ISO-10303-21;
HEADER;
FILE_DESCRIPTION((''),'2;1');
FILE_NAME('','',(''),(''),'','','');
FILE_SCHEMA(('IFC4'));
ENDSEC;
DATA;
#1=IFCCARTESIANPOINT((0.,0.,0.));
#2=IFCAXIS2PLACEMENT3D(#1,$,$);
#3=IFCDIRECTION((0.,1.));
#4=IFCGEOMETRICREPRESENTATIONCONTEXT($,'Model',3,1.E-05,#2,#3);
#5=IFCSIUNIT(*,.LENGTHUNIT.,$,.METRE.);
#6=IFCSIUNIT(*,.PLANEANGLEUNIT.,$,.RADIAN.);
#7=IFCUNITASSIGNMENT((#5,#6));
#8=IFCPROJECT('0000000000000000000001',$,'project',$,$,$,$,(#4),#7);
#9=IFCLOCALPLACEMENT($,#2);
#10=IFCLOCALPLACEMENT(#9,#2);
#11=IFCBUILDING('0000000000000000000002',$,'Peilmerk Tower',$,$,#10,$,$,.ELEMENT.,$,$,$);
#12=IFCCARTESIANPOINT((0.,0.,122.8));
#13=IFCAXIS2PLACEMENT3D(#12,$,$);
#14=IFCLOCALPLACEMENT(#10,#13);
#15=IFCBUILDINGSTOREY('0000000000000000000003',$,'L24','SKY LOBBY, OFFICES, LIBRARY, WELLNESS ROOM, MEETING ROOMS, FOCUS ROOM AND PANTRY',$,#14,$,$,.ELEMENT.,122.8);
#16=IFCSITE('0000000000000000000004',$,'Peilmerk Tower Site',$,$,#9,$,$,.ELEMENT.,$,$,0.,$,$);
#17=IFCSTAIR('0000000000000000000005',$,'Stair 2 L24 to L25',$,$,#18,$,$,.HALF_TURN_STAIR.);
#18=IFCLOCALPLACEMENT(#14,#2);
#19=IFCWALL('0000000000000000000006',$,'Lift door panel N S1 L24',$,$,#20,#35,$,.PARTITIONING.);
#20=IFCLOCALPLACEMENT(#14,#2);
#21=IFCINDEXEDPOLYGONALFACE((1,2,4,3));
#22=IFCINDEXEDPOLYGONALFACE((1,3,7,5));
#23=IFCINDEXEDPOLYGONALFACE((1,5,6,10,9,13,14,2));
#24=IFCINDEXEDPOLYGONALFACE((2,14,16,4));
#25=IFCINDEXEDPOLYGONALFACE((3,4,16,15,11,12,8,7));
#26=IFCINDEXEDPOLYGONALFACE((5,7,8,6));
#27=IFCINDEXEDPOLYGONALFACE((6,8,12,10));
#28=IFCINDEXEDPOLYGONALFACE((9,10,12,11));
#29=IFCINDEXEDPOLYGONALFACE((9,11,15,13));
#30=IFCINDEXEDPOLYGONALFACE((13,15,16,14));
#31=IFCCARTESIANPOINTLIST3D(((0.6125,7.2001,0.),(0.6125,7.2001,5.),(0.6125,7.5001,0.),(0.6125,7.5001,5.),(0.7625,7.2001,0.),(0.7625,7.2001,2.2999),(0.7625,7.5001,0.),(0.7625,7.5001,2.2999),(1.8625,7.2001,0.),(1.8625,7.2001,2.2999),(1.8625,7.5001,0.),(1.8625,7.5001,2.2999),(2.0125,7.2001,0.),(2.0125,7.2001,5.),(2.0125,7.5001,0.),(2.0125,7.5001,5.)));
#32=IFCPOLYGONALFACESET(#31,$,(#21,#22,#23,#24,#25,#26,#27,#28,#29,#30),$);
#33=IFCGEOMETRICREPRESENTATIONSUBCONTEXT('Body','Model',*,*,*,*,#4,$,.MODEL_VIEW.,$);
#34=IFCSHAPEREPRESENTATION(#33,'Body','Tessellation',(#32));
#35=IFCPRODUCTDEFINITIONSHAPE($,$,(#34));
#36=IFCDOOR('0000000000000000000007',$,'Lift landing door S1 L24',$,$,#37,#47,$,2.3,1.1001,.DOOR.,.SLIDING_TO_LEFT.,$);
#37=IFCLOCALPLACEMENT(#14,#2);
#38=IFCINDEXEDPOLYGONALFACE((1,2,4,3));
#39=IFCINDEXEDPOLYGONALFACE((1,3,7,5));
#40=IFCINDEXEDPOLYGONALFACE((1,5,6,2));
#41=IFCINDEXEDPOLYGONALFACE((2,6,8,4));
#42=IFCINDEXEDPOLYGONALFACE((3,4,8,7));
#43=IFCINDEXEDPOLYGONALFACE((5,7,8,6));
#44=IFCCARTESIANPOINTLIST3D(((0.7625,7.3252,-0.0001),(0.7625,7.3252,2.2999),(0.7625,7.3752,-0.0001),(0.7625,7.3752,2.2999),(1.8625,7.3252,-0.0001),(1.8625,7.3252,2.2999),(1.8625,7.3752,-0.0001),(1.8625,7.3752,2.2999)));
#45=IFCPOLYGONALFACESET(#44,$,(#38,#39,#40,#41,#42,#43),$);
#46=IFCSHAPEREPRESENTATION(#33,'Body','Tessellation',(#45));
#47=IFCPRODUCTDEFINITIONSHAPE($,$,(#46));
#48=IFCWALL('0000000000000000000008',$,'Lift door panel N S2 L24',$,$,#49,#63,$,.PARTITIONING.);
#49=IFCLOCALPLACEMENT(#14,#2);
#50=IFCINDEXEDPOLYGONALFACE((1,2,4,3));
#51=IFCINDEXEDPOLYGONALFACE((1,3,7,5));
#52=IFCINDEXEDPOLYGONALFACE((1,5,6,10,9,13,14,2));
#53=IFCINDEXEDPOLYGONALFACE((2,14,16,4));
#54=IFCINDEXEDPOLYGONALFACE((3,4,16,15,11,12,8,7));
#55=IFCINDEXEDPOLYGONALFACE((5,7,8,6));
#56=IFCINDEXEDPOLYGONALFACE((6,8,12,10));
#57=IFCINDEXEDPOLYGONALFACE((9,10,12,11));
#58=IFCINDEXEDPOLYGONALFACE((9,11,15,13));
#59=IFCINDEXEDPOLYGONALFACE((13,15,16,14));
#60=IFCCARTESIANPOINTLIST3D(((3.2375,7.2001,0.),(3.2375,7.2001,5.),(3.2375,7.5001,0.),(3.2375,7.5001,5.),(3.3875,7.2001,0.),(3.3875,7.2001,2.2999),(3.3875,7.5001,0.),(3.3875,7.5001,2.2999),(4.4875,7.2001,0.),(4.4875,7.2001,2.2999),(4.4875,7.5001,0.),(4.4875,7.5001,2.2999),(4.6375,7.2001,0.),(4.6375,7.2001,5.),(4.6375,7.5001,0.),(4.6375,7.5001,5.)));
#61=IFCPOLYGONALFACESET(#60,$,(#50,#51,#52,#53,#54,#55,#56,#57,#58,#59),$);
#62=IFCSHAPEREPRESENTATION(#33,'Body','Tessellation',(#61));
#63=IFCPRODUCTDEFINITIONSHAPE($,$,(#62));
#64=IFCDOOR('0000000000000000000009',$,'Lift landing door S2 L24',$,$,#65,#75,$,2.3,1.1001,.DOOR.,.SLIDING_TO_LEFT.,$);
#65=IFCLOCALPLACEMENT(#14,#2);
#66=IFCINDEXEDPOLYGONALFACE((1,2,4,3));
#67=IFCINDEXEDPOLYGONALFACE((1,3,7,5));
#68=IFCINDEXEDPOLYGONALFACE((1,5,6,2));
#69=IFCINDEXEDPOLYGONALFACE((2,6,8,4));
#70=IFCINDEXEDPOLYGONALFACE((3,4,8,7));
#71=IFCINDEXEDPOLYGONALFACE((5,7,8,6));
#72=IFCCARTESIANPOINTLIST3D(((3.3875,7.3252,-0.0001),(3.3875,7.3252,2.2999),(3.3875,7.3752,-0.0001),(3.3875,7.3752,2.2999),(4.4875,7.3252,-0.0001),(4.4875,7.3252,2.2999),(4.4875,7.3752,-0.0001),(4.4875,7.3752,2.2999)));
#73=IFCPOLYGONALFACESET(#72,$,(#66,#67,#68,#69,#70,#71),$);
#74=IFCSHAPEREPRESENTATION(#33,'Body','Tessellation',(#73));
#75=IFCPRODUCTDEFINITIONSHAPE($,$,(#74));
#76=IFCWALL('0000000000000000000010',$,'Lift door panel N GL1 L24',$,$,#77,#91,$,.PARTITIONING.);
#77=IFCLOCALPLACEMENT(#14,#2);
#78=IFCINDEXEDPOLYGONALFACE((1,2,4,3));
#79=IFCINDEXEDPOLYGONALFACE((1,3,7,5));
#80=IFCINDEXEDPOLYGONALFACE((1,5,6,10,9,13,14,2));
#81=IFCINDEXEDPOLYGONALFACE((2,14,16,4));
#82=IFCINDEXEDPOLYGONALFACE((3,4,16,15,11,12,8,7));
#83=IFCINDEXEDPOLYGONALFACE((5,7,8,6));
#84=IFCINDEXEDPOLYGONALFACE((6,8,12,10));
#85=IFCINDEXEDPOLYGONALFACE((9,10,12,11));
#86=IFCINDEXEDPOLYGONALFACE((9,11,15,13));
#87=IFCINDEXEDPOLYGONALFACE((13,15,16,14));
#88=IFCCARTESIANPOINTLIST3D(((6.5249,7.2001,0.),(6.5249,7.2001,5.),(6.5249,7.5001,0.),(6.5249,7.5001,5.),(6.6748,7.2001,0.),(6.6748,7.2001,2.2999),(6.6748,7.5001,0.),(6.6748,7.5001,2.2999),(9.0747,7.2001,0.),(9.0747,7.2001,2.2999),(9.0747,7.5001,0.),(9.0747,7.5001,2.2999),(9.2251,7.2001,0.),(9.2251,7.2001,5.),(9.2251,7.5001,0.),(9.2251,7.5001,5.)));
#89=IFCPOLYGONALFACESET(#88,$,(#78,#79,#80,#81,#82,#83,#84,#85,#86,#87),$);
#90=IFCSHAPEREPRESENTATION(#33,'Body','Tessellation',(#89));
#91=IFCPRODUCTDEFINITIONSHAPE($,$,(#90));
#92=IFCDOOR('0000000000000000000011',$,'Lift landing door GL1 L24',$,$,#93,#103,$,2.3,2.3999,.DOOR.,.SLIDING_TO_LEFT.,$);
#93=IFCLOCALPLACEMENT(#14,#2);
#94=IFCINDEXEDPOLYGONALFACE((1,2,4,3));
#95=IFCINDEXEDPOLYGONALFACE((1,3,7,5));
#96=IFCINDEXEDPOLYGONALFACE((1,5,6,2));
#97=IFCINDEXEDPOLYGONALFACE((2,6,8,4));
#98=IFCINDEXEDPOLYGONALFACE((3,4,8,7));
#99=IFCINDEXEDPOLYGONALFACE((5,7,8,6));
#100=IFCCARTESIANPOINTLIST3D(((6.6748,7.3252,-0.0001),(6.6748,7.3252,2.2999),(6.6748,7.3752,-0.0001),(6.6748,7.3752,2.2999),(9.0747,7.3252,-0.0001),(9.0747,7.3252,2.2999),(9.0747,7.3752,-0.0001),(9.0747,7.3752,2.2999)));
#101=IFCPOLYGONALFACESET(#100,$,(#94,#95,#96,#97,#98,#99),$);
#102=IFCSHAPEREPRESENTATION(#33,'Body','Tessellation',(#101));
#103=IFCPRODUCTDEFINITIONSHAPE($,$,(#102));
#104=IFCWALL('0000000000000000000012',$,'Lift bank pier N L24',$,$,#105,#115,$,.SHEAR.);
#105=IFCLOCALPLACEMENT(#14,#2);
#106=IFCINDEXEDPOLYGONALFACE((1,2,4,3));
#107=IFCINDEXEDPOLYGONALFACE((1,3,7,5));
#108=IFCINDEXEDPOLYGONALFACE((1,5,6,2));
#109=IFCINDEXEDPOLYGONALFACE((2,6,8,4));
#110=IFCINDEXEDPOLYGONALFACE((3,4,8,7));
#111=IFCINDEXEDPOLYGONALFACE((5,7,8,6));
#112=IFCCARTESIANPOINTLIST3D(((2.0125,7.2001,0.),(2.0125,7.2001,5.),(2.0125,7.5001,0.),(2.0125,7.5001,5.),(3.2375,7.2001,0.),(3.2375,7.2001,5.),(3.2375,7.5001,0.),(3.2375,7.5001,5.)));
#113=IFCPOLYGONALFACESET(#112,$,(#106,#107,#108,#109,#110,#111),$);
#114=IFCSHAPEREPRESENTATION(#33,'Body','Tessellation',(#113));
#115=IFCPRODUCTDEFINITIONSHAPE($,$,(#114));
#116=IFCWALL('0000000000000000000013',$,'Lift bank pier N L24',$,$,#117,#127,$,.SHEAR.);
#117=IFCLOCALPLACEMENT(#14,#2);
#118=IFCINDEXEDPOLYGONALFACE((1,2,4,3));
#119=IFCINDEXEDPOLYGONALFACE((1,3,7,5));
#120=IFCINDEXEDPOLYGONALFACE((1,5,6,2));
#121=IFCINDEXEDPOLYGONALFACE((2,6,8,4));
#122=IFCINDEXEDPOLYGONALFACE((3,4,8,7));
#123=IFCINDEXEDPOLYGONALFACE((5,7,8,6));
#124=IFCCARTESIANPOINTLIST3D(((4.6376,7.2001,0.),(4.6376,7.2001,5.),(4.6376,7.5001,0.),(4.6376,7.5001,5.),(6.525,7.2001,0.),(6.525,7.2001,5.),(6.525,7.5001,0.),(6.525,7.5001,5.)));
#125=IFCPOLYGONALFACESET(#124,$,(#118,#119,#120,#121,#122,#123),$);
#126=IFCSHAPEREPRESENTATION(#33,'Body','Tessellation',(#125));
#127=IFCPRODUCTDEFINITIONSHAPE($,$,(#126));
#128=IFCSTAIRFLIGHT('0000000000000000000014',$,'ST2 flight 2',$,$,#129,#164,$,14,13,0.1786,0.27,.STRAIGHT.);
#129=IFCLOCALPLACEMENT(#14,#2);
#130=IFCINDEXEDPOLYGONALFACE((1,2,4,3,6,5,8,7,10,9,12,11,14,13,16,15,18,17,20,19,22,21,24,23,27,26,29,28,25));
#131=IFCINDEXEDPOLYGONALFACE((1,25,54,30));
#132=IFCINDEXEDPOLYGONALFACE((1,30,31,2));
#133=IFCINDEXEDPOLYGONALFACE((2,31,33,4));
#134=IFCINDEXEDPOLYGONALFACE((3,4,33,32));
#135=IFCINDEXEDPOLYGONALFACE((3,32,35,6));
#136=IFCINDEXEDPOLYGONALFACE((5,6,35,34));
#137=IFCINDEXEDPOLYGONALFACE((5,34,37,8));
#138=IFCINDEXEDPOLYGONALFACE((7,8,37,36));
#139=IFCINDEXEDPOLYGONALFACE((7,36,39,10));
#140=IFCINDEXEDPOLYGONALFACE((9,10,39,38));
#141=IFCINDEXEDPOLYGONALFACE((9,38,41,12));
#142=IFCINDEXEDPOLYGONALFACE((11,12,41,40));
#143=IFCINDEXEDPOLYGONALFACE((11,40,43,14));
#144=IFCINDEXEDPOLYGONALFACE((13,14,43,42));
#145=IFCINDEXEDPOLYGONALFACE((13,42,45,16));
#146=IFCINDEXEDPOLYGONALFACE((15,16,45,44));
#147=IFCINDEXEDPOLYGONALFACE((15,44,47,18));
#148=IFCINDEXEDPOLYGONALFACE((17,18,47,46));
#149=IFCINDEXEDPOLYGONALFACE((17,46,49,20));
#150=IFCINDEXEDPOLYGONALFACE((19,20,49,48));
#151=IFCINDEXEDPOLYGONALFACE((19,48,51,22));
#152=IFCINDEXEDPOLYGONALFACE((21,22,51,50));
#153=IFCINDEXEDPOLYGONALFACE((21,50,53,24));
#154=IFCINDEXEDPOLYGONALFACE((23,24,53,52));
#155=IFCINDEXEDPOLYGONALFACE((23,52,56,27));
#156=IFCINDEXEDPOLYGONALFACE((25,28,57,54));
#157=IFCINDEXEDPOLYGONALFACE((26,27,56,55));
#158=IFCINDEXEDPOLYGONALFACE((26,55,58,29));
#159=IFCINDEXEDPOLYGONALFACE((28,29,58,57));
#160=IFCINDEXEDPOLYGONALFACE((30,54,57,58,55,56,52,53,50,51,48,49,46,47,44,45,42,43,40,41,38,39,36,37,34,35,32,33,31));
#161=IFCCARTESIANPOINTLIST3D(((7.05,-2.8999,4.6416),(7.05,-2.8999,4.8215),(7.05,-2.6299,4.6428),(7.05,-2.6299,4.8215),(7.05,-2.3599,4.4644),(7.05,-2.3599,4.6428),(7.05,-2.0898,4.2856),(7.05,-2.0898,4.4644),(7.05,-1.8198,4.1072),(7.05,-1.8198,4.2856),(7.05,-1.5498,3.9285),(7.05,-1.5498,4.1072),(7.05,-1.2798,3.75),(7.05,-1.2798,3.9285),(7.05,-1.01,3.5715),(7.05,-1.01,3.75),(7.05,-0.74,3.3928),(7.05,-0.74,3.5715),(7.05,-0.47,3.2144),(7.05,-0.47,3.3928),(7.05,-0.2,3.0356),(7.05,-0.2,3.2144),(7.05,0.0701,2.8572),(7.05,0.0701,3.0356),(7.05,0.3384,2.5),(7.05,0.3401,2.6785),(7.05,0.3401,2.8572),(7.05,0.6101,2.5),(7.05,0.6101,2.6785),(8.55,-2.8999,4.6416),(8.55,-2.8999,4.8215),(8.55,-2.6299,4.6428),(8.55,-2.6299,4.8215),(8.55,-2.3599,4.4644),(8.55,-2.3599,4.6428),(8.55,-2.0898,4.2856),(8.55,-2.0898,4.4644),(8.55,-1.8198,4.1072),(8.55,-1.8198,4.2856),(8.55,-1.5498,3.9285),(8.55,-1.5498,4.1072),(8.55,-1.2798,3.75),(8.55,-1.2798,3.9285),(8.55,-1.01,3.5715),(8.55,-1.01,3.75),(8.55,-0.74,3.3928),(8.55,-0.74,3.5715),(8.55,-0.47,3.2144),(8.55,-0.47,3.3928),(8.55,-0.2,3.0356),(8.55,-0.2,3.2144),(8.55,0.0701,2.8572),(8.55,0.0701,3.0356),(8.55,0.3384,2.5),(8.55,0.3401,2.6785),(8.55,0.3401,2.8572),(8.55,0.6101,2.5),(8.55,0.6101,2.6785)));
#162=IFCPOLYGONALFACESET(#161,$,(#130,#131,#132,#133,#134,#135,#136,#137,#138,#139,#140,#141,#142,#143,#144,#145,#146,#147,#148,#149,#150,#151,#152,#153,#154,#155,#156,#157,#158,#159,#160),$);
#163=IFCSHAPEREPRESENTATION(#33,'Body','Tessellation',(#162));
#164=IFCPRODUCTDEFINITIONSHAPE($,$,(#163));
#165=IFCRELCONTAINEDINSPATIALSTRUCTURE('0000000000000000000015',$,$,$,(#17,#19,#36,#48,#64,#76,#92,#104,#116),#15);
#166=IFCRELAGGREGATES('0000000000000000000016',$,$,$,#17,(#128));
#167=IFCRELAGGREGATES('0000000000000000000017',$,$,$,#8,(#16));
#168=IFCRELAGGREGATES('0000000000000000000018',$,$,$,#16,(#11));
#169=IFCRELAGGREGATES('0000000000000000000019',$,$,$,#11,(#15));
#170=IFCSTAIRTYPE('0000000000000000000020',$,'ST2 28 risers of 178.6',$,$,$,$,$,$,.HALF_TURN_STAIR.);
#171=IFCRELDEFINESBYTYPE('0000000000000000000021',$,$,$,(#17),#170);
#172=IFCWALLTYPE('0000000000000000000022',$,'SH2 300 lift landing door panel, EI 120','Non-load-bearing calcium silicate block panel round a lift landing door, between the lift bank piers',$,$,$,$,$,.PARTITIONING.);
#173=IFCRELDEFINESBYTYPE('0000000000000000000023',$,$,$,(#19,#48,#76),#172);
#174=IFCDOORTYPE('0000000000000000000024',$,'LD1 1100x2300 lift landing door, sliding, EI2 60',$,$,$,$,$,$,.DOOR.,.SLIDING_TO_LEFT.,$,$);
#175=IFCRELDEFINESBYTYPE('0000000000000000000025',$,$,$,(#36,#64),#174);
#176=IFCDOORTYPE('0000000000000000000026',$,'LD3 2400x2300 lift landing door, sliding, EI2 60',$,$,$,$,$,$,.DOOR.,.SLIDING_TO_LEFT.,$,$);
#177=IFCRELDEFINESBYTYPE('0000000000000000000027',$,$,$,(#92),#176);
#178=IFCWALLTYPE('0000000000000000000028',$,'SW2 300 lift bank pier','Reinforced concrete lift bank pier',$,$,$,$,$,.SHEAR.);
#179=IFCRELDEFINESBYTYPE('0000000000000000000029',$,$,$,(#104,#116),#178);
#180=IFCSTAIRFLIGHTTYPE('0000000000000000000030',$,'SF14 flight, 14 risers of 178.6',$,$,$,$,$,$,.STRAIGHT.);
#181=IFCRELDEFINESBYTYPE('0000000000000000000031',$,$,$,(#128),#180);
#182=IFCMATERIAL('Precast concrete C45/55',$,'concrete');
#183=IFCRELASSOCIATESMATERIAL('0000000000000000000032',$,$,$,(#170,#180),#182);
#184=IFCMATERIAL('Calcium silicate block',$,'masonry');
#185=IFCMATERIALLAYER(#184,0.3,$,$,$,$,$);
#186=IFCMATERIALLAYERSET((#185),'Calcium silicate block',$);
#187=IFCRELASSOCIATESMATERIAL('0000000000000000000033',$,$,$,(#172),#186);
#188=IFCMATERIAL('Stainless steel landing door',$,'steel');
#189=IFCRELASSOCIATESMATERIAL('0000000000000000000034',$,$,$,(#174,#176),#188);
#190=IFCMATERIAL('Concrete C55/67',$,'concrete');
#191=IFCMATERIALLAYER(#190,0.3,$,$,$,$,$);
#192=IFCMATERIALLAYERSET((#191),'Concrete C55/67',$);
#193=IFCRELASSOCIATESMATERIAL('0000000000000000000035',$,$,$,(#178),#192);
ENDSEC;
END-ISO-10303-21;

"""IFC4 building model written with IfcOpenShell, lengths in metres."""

from ifc_helpers import new_model, si_unit, direction, frame, frame_2d, origin, place, context, subcontext, project, spatial, polyline, rectangle, outline, extrude, material, layer, layer_set, type_object, element, fill, aggregate, save


model = new_model("IFC4")

# Units and contexts
model_context = context("Model", 3, precision=1e-05, world=origin(), true_north=direction((0.0, 1.0)))
body_context = subcontext(model_context, "Body", "Model", "MODEL_VIEW")
ifc_project = project(units=[si_unit("LENGTHUNIT", "METRE"), si_unit("PLANEANGLEUNIT", "RADIAN")], contexts=[model_context])

# Site, building, storey
site_placement = place(None, origin())
site = spatial("IfcSite", under=ifc_project, at=site_placement, Name="Peilmerk Tower Site", CompositionType="ELEMENT", RefElevation=0.0)
building_placement = place(site_placement, origin())
building = spatial("IfcBuilding", under=site, at=building_placement, Name="Peilmerk Tower", CompositionType="ELEMENT")
storey_placement = place(building_placement, frame((0.0, 0.0, 122.8)))
storey = spatial("IfcBuildingStorey", under=building, at=storey_placement, Name="L24", Description="SKY LOBBY, OFFICES, LIBRARY, WELLNESS ROOM, MEETING ROOMS, FOCUS ROOM AND PANTRY", CompositionType="ELEMENT", Elevation=122.8)

# Stair
ifc_material_1 = material(Name="Precast concrete C45/55", Category="concrete")
stair_type = type_object("IfcStairType", Name="ST2 28 risers of 178.6", PredefinedType="HALF_TURN_STAIR", material=ifc_material_1)
stair_placement = place(storey_placement, origin())
stair = element("IfcStair", 1, at=stair_placement, inside=storey, type_object=stair_type, Name="Stair 2 L24 to L25", PredefinedType="HALF_TURN_STAIR")

# Shared definitions
ifc_material_2 = material(Name="Calcium silicate block", Category="masonry")

# Walls, openings, doors
ifc_layer_1 = layer(ifc_material_2, 0.3)
ifc_layer_set_1 = layer_set([ifc_layer_1], Name="Calcium silicate block")
wall_type_1 = type_object("IfcWallType", Name="SH2 300 lift landing door panel, EI 120", Description="Non-load-bearing calcium silicate block panel round a lift landing door, between the lift bank piers", PredefinedType="PARTITIONING", material=ifc_layer_set_1)
wall_1_placement = place(storey_placement, frame((0.6125, 7.3501, 0.0), z_axis=(0.0, 0.0, 1.0), x_axis=(1.0, 0.0, 0.0)))
wall_1 = element("IfcWall", 2, at=wall_1_placement, inside=storey, type_object=wall_type_1, Name="Lift door panel N S1 L24", PredefinedType="PARTITIONING", context=body_context, shape_type="SweptSolid", body=[
    extrude(rectangle(XDim=1.3999, YDim=0.3, at=frame_2d((0.7, 0.0))), origin(), (0.0, 0.0, 1.0), 5.0),
])
opening_1_placement = place(wall_1_placement, frame((0.1499, 0.0, 0.0)))
opening_1 = element("IfcOpeningElement", 3, at=opening_1_placement, cuts=wall_1, PredefinedType="OPENING", context=body_context, shape_type="SweptSolid", body=[
    extrude(rectangle(XDim=1.1001, YDim=2.3, at=frame_2d((0.55, 1.1499))), frame((0.0, 0.1599, 0.0), z_axis=(0.0, -1.0, 0.0), x_axis=(1.0, 0.0, 0.0)), (0.0, 0.0, 1.0), 0.3201),
])
ifc_material_3 = material(Name="Stainless steel landing door", Category="steel")
door_type_1 = type_object("IfcDoorType", Name="LD1 1100x2300 lift landing door, sliding, EI2 60", OperationType="SLIDING_TO_LEFT", PredefinedType="DOOR", material=ifc_material_3)
door_1_placement = place(opening_1_placement, frame((1.1001, 0.0, 0.0), z_axis=(0.0, 0.0, 1.0), x_axis=(-1.0, 0.0, 0.0)))
door_1 = element("IfcDoor", 4, at=door_1_placement, inside=storey, type_object=door_type_1, Name="Lift landing door S1 L24", OperationType="SLIDING_TO_LEFT", OverallHeight=2.3, OverallWidth=1.1001, PredefinedType="DOOR", context=body_context, shape_type="SweptSolid", body=[
    extrude(rectangle(XDim=1.1001, YDim=2.3, at=frame_2d((0.55, 1.1499))), frame((0.0, 0.0249, 0.0), z_axis=(0.0, -1.0, 0.0), x_axis=(1.0, 0.0, 0.0)), (0.0, 0.0, 1.0), 0.05),
])
fill(opening_1, door_1)
wall_2_placement = place(storey_placement, frame((3.2375, 7.3501, 0.0), z_axis=(0.0, 0.0, 1.0), x_axis=(1.0, 0.0, 0.0)))
wall_2 = element("IfcWall", 5, at=wall_2_placement, inside=storey, type_object=wall_type_1, Name="Lift door panel N S2 L24", PredefinedType="PARTITIONING", context=body_context, shape_type="SweptSolid", body=[
    extrude(rectangle(XDim=1.3999, YDim=0.3, at=frame_2d((0.7, 0.0))), origin(), (0.0, 0.0, 1.0), 5.0),
])
opening_2_placement = place(wall_2_placement, frame((0.1499, 0.0, 0.0)))
opening_2 = element("IfcOpeningElement", 6, at=opening_2_placement, cuts=wall_2, PredefinedType="OPENING", context=body_context, shape_type="SweptSolid", body=[
    extrude(rectangle(XDim=1.1001, YDim=2.3, at=frame_2d((0.55, 1.1499))), frame((0.0, 0.1599, 0.0), z_axis=(0.0, -1.0, 0.0), x_axis=(1.0, 0.0, 0.0)), (0.0, 0.0, 1.0), 0.3201),
])
door_2_placement = place(opening_2_placement, frame((1.1001, 0.0, 0.0), z_axis=(0.0, 0.0, 1.0), x_axis=(-1.0, 0.0, 0.0)))
door_2 = element("IfcDoor", 7, at=door_2_placement, inside=storey, type_object=door_type_1, Name="Lift landing door S2 L24", OperationType="SLIDING_TO_LEFT", OverallHeight=2.3, OverallWidth=1.1001, PredefinedType="DOOR", context=body_context, shape_type="SweptSolid", body=[
    extrude(rectangle(XDim=1.1001, YDim=2.3, at=frame_2d((0.55, 1.1499))), frame((0.0, 0.0249, 0.0), z_axis=(0.0, -1.0, 0.0), x_axis=(1.0, 0.0, 0.0)), (0.0, 0.0, 1.0), 0.05),
])
fill(opening_2, door_2)
wall_3_placement = place(storey_placement, frame((6.5249, 7.3501, 0.0), z_axis=(0.0, 0.0, 1.0), x_axis=(1.0, 0.0, 0.0)))
wall_3 = element("IfcWall", 8, at=wall_3_placement, inside=storey, type_object=wall_type_1, Name="Lift door panel N GL1 L24", PredefinedType="PARTITIONING", context=body_context, shape_type="SweptSolid", body=[
    extrude(rectangle(XDim=2.7002, YDim=0.3, at=frame_2d((1.3501, 0.0))), origin(), (0.0, 0.0, 1.0), 5.0),
])
opening_3_placement = place(wall_3_placement, frame((0.1499, 0.0, 0.0)))
opening_3 = element("IfcOpeningElement", 9, at=opening_3_placement, cuts=wall_3, PredefinedType="OPENING", context=body_context, shape_type="SweptSolid", body=[
    extrude(rectangle(XDim=2.3999, YDim=2.3, at=frame_2d((1.2, 1.1499))), frame((0.0, 0.1599, 0.0), z_axis=(0.0, -1.0, 0.0), x_axis=(1.0, 0.0, 0.0)), (0.0, 0.0, 1.0), 0.3201),
])
door_type_2 = type_object("IfcDoorType", Name="LD3 2400x2300 lift landing door, sliding, EI2 60", OperationType="SLIDING_TO_LEFT", PredefinedType="DOOR", material=ifc_material_3)
door_3_placement = place(opening_3_placement, frame((2.3999, 0.0, 0.0), z_axis=(0.0, 0.0, 1.0), x_axis=(-1.0, 0.0, 0.0)))
door_3 = element("IfcDoor", 10, at=door_3_placement, inside=storey, type_object=door_type_2, Name="Lift landing door GL1 L24", OperationType="SLIDING_TO_LEFT", OverallHeight=2.3, OverallWidth=2.3999, PredefinedType="DOOR", context=body_context, shape_type="SweptSolid", body=[
    extrude(rectangle(XDim=2.3999, YDim=2.3, at=frame_2d((1.2, 1.1499))), frame((0.0, 0.0249, 0.0), z_axis=(0.0, -1.0, 0.0), x_axis=(1.0, 0.0, 0.0)), (0.0, 0.0, 1.0), 0.05),
])
fill(opening_3, door_3)

# Walls
ifc_material_4 = material(Name="Concrete C55/67", Category="concrete")
ifc_layer_2 = layer(ifc_material_4, 0.3)
ifc_layer_set_2 = layer_set([ifc_layer_2], Name="Concrete C55/67")
wall_type_2 = type_object("IfcWallType", Name="SW2 300 lift bank pier", Description="Reinforced concrete lift bank pier", PredefinedType="SHEAR", material=ifc_layer_set_2)
wall_4_placement = place(storey_placement, frame((2.0125, 7.3501, 0.0), z_axis=(0.0, 0.0, 1.0), x_axis=(1.0, 0.0, 0.0)))
element("IfcWall", 11, at=wall_4_placement, inside=storey, type_object=wall_type_2, Name="Lift bank pier N L24", PredefinedType="SHEAR", context=body_context, shape_type="SweptSolid", body=[
    extrude(rectangle(XDim=1.2251, YDim=0.3, at=frame_2d((0.6125, 0.0))), origin(), (0.0, 0.0, 1.0), 5.0),
])
wall_5_placement = place(storey_placement, frame((4.6375, 7.3501, 0.0), z_axis=(0.0, 0.0, 1.0), x_axis=(1.0, 0.0, 0.0)))
element("IfcWall", 12, at=wall_5_placement, inside=storey, type_object=wall_type_2, Name="Lift bank pier N L24", PredefinedType="SHEAR", context=body_context, shape_type="SweptSolid", body=[
    extrude(rectangle(XDim=1.8875, YDim=0.3, at=frame_2d((0.9438, 0.0))), origin(), (0.0, 0.0, 1.0), 5.0),
])

# Stair flight
stair_flight_type = type_object("IfcStairFlightType", Name="SF14 flight, 14 risers of 178.6", PredefinedType="STRAIGHT", material=ifc_material_1)
stair_flight_placement = place(storey_placement, frame((7.8, 0.6101, 2.5), z_axis=(0.0, 0.0, 1.0), x_axis=(0.0, -1.0, 0.0)))
stair_flight = element("IfcStairFlight", 13, at=stair_flight_placement, type_object=stair_flight_type, Name="ST2 flight 2", NumberOfRisers=14, NumberOfTreads=13, PredefinedType="STRAIGHT", RiserHeight=0.1786, TreadLength=0.27, context=body_context, shape_type="SweptSolid", body=[
    extrude(outline(polyline([(0.0, 0.0), (0.0, 0.1785), (0.27, 0.1785), (0.27, 0.3572), (0.54, 0.3572), (0.54, 0.5356), (0.8101, 0.5356), (0.8101, 0.7144), (1.0801, 0.7144), (1.0801, 0.8928), (1.3501, 0.8928), (1.3501, 1.0715), (1.6201, 1.0715), (1.6201, 1.25), (1.8899, 1.25), (1.8899, 1.4285), (2.1599, 1.4285), (2.1599, 1.6072), (2.4299, 1.6072), (2.4299, 1.7856), (2.7, 1.7856), (2.7, 1.9644), (2.97, 1.9644), (2.97, 2.1428), (3.24, 2.1428), (3.24, 2.3215), (3.51, 2.3215), (3.51, 2.5), (3.51, 2.1416), (0.2717, 0.0), (0.0, 0.0)])), frame((0.0, 0.75, 0.0), z_axis=(0.0, -1.0, 0.0), x_axis=(1.0, 0.0, 0.0)), (0.0, 0.0, 1.0), 1.5),
])
aggregate(stair, [stair_flight])

save(model, "model.ifc")
